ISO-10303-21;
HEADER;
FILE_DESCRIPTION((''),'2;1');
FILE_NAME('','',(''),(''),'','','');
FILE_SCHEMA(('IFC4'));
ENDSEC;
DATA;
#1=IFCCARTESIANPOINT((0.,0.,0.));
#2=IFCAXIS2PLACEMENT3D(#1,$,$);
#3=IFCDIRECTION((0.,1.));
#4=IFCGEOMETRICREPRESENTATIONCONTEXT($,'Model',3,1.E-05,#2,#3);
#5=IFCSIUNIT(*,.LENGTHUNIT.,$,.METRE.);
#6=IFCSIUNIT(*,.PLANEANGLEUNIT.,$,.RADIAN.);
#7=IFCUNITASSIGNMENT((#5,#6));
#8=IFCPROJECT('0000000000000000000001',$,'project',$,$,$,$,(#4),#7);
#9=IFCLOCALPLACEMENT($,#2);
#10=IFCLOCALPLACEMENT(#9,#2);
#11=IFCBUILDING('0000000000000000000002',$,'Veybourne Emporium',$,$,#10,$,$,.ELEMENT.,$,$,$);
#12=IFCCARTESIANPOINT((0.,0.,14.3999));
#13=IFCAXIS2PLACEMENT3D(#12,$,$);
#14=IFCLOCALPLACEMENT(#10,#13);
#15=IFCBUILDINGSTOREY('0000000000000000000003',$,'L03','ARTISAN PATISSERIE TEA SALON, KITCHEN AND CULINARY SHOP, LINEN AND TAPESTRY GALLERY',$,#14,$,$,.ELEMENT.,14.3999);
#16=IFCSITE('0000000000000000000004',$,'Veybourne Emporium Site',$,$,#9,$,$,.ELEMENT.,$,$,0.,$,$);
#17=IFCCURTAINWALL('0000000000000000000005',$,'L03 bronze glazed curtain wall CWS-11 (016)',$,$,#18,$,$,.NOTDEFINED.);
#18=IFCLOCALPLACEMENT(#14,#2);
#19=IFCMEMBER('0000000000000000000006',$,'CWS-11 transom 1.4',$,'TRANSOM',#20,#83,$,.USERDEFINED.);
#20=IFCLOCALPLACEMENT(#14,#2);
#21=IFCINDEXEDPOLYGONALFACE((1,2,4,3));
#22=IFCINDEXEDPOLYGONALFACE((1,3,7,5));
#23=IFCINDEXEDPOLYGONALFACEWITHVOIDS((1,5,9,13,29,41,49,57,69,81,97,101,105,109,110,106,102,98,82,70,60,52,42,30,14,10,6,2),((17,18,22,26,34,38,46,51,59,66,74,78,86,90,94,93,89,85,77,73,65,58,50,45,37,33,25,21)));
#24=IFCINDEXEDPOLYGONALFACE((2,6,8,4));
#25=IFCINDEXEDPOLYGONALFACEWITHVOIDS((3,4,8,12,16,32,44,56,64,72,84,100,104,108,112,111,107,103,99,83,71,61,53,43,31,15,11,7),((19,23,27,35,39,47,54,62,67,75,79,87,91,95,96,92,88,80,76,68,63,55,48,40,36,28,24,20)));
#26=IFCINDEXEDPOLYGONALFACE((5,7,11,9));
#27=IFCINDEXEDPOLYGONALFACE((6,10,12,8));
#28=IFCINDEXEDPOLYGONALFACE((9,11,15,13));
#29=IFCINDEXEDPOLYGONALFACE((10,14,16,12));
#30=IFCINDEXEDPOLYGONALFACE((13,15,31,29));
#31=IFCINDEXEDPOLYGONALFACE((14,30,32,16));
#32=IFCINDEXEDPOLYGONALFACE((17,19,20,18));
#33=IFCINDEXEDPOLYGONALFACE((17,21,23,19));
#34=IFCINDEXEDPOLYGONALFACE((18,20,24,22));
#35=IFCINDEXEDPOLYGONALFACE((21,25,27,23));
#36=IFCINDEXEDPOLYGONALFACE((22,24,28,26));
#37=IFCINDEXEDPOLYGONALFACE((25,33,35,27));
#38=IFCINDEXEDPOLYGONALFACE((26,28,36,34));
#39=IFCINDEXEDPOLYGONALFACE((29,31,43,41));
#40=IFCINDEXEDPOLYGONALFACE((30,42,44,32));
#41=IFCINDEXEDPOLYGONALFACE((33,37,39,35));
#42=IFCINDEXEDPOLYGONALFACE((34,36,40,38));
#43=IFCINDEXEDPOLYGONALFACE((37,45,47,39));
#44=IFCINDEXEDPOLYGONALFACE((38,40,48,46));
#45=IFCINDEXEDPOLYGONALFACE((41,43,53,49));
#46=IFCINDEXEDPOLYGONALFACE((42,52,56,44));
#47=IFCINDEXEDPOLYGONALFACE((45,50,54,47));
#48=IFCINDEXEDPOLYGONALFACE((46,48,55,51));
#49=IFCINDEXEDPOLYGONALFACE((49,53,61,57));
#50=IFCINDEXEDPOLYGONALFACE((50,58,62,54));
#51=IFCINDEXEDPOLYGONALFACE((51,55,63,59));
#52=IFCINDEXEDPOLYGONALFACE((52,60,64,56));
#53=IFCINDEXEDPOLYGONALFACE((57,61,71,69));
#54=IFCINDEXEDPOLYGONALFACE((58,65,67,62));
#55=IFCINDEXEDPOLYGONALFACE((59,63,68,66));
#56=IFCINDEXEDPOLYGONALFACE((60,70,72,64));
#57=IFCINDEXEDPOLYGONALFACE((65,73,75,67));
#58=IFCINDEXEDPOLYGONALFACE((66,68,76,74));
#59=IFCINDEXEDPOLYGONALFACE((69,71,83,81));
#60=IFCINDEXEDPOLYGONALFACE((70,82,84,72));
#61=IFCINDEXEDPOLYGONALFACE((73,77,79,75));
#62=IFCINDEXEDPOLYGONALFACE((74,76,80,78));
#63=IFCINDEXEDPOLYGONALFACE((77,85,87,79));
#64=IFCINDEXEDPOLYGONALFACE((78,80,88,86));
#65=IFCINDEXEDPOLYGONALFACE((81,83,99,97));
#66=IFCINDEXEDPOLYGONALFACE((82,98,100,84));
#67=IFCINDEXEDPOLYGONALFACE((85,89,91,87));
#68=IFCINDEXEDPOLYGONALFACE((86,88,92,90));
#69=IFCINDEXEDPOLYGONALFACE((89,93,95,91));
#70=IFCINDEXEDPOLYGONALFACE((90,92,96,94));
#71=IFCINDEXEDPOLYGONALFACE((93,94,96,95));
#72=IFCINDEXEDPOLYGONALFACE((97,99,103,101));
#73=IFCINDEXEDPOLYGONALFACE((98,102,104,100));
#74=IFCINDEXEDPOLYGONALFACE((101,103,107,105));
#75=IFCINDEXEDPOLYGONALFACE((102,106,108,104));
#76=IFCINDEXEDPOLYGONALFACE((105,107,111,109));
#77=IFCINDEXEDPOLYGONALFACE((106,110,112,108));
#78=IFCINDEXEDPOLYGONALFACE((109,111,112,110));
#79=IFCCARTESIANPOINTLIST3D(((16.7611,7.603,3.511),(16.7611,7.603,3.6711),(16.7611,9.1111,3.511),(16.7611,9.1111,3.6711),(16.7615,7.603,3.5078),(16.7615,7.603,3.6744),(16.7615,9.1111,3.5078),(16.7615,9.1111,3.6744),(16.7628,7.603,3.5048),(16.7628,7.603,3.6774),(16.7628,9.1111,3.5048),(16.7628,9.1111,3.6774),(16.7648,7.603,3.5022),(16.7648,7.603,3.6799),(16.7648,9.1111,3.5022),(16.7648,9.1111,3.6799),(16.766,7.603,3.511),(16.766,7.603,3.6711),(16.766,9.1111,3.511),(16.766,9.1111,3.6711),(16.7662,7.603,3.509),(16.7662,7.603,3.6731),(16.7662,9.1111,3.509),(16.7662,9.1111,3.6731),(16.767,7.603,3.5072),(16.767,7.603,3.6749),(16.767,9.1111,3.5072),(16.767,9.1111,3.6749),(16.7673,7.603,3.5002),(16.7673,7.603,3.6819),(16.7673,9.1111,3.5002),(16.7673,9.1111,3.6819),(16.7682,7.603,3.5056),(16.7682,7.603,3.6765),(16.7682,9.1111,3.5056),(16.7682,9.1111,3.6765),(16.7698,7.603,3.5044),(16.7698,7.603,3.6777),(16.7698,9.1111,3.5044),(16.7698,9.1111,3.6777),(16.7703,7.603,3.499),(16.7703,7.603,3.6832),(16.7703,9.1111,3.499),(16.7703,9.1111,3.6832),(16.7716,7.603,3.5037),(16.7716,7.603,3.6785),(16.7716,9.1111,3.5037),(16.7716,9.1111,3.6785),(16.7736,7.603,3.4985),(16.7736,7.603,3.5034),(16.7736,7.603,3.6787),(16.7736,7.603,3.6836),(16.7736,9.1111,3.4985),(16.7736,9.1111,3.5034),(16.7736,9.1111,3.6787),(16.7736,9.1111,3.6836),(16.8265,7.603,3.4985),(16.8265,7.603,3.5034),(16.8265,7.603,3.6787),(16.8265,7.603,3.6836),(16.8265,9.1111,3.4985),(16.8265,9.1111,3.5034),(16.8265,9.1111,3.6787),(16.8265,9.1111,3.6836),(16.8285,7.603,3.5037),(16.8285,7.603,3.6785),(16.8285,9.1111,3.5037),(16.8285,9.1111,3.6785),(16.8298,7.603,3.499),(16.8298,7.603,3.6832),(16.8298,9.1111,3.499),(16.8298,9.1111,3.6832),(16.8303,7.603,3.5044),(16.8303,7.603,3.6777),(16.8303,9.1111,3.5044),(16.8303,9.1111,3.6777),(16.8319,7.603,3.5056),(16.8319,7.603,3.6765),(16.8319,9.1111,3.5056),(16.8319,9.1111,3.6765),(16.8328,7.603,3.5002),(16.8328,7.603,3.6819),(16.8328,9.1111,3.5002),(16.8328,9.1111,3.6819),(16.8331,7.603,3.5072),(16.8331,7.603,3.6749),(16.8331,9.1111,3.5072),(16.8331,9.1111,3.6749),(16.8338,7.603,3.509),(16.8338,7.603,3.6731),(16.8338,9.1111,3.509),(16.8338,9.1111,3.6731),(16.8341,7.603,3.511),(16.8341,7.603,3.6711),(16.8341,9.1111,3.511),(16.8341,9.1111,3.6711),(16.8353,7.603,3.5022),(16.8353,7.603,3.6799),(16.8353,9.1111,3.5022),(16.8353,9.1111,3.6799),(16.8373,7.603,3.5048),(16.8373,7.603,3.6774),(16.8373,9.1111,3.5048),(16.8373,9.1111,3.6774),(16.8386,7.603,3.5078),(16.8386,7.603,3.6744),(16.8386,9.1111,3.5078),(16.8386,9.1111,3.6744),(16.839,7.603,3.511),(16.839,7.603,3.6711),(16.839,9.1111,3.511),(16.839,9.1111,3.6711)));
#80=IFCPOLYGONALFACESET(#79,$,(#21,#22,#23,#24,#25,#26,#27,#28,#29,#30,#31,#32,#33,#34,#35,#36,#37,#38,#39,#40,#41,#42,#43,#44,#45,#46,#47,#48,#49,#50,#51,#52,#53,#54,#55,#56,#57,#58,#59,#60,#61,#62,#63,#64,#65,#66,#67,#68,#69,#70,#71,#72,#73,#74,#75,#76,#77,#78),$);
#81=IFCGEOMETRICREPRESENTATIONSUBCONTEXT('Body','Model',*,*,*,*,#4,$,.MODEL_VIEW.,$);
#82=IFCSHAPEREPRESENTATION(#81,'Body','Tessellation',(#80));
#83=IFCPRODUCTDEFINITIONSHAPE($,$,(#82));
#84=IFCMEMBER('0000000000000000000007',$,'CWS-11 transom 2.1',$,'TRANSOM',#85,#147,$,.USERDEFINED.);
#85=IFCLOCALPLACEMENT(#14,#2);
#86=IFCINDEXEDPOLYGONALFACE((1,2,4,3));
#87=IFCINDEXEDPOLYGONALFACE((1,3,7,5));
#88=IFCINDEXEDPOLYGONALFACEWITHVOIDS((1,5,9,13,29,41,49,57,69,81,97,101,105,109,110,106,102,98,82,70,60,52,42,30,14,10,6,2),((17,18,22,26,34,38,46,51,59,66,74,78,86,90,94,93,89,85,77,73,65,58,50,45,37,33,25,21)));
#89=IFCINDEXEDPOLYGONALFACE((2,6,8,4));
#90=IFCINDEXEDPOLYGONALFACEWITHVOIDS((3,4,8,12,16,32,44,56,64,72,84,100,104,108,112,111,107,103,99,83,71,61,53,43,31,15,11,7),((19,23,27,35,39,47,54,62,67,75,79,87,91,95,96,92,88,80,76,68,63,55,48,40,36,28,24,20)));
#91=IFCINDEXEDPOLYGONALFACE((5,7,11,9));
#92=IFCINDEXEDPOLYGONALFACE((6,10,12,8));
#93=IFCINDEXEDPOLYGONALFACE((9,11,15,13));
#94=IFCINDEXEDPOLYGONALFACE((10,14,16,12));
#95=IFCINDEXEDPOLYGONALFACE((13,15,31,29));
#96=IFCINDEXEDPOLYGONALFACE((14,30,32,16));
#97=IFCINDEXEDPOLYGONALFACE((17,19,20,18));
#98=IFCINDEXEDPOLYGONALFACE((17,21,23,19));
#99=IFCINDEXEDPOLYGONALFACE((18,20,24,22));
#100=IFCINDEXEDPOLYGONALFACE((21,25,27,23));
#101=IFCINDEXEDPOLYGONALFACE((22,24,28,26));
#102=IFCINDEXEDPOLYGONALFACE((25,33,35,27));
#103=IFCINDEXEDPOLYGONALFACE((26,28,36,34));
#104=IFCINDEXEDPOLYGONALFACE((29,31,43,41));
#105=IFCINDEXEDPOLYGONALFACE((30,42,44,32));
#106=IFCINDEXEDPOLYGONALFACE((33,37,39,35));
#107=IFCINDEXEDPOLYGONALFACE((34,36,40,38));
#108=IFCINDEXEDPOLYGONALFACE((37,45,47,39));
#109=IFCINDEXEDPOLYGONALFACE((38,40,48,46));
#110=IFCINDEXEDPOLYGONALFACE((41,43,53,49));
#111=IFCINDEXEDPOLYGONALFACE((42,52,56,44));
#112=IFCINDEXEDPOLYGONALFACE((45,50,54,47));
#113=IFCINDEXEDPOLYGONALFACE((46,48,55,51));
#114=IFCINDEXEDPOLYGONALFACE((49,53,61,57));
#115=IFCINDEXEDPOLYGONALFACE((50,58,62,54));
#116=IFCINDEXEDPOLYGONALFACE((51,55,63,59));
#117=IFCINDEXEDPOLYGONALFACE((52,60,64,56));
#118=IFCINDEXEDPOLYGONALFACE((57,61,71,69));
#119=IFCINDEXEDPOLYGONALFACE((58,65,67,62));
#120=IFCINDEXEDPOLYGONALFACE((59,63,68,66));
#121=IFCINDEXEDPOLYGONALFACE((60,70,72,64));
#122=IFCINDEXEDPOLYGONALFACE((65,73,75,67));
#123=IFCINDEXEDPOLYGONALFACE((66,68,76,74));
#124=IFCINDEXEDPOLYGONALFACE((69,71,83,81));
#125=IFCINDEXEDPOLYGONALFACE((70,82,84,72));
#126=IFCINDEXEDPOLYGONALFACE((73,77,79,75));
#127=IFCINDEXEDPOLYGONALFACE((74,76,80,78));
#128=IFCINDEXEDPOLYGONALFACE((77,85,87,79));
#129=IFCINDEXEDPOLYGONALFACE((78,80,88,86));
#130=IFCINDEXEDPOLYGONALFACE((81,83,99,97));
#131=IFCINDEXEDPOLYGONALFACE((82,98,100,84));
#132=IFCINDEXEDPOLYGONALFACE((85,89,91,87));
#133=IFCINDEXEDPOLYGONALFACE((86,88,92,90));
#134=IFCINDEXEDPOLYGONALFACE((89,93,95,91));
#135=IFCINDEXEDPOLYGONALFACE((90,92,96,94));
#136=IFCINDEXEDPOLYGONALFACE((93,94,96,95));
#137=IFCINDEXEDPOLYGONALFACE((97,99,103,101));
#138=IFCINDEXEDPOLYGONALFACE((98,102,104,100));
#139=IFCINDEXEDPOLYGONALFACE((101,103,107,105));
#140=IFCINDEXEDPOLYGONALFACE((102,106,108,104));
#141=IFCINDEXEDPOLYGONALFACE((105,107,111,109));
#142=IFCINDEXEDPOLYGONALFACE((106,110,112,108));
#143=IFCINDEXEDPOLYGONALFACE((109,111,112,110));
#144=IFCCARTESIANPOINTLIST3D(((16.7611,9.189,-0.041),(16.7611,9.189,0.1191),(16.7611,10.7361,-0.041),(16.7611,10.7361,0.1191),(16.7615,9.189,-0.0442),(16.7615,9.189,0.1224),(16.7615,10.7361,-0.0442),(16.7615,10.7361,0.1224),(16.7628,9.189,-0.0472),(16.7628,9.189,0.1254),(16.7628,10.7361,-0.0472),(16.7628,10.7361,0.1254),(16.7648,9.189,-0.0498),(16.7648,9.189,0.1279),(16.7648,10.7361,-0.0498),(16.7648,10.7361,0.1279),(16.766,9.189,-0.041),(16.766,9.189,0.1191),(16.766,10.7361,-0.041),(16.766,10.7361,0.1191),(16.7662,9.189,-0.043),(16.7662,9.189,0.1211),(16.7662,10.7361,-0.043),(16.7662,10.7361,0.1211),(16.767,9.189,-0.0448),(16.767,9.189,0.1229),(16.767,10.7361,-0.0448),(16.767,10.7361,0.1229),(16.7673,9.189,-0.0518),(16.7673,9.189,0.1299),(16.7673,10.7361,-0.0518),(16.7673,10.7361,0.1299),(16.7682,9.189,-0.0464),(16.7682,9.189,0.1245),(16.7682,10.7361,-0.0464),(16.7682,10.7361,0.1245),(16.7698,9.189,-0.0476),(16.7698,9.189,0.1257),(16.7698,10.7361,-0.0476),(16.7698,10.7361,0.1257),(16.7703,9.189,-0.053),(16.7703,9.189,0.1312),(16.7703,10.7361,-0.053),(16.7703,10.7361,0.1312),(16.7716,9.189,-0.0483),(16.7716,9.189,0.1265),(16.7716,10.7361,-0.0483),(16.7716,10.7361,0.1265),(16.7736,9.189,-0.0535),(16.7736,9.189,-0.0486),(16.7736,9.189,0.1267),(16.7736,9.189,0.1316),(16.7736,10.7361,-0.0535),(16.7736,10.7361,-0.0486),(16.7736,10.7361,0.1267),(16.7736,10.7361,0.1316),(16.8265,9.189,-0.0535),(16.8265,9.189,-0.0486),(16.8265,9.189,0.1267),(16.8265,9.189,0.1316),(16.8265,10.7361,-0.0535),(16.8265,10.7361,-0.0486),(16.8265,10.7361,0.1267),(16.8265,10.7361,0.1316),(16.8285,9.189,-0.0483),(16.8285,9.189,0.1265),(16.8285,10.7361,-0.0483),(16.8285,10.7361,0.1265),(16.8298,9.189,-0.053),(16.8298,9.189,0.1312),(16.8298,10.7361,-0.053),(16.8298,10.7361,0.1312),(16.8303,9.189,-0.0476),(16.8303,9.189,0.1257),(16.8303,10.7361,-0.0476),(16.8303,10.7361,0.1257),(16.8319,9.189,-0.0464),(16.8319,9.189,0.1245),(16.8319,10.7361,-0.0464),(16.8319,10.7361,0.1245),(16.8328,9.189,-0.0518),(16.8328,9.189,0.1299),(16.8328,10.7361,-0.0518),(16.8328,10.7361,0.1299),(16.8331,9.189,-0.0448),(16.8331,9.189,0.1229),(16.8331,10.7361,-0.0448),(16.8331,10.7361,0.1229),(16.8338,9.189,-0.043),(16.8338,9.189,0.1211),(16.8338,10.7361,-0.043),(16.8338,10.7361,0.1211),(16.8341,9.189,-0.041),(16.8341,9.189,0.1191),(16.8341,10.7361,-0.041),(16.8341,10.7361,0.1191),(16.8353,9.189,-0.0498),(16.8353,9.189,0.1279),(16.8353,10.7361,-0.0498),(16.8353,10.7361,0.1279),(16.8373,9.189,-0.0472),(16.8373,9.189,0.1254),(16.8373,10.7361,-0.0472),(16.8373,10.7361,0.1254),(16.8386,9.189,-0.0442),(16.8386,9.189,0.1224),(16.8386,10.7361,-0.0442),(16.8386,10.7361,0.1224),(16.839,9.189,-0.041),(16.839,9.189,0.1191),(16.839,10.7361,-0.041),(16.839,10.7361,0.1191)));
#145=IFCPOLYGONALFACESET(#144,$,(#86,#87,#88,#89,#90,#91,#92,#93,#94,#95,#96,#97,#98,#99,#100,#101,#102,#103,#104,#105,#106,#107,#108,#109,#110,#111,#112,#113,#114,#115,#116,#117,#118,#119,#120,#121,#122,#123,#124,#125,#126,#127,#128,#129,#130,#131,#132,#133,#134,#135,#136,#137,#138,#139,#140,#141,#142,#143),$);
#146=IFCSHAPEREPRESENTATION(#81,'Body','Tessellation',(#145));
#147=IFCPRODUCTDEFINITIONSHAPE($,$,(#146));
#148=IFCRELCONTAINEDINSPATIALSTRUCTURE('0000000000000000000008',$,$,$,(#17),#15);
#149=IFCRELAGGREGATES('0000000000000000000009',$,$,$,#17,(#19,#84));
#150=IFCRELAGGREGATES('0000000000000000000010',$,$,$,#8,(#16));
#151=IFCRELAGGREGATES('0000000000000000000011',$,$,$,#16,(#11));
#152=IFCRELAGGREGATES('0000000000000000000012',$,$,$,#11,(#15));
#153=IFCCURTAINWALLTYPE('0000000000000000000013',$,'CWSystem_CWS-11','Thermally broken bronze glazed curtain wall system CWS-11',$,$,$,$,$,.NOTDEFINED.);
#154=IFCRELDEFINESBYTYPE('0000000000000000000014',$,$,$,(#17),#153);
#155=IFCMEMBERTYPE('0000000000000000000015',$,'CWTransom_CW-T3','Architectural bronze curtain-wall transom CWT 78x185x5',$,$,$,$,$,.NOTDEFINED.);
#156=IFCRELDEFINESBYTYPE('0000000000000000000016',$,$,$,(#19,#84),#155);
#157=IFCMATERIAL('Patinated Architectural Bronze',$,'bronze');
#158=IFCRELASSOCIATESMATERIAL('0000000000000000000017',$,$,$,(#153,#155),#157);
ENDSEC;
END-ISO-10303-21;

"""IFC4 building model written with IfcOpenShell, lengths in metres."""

from ifc_helpers import new_model, si_unit, direction, frame, origin, origin_2d, place, context, subcontext, project, spatial, hollow_rectangle, extrude, material, material_profile, profile_set, type_object, element, aggregate, save


model = new_model("IFC4")

# Units and contexts
model_context = context("Model", 3, precision=1e-05, world=origin(), true_north=direction((0.0, 1.0)))
body_context = subcontext(model_context, "Body", "Model", "MODEL_VIEW")
ifc_project = project(units=[si_unit("LENGTHUNIT", "METRE"), si_unit("PLANEANGLEUNIT", "RADIAN")], contexts=[model_context])

# Site, building, storey
site_placement = place(None, origin())
site = spatial("IfcSite", under=ifc_project, at=site_placement, Name="Veybourne Emporium Site", CompositionType="ELEMENT", RefElevation=0.0)
building_placement = place(site_placement, origin())
building = spatial("IfcBuilding", under=site, at=building_placement, Name="Veybourne Emporium", CompositionType="ELEMENT")
storey_placement = place(building_placement, frame((0.0, 0.0, 14.3999)))
storey = spatial("IfcBuildingStorey", under=building, at=storey_placement, Name="L03", Description="ARTISAN PATISSERIE TEA SALON, KITCHEN AND CULINARY SHOP, LINEN AND TAPESTRY GALLERY", CompositionType="ELEMENT", Elevation=14.3999)

# Curtain wall, members
ifc_material_1 = material(Name="Patinated Architectural Bronze", Category="bronze")
curtain_wall_type = type_object("IfcCurtainWallType", Name="CWSystem_CWS-11", Description="Thermally broken bronze glazed curtain wall system CWS-11", PredefinedType="NOTDEFINED", material=ifc_material_1)
curtain_wall_placement = place(storey_placement, origin())
curtain_wall = element("IfcCurtainWall", 1, at=curtain_wall_placement, inside=storey, type_object=curtain_wall_type, Name="L03 bronze glazed curtain wall CWS-11 (016)", PredefinedType="NOTDEFINED")
ifc_material_profile_1 = material_profile(ifc_material_1, hollow_rectangle(XDim=0.0779, YDim=0.1851, WallThickness=0.0049, InnerFilletRadius=0.0076, OuterFilletRadius=0.0125, at=origin_2d()), Name="CWT 78x185x5")
ifc_profile_set_1 = profile_set([ifc_material_profile_1], Name="Patinated Architectural Bronze")
member_type_1 = type_object("IfcMemberType", Name="CWTransom_CW-T3", Description="Architectural bronze curtain-wall transom CWT 78x185x5", PredefinedType="NOTDEFINED", material=ifc_profile_set_1)
member_1_placement = place(storey_placement, frame((16.8, 7.603, 3.5911), z_axis=(0.0, 1.0, 0.0), x_axis=(-1.0, 0.0, 0.0)))
member_1 = element("IfcMember", 2, at=member_1_placement, type_object=member_type_1, Name="CWS-11 transom 1.4", ObjectType="TRANSOM", PredefinedType="USERDEFINED", context=body_context, shape_type="SweptSolid", body=[
    extrude(hollow_rectangle(XDim=0.0779, YDim=0.1851, WallThickness=0.0049, InnerFilletRadius=0.0076, OuterFilletRadius=0.0125, at=origin_2d()), origin(), (0.0, 0.0, 1.0), 1.5081),
])
member_2_placement = place(storey_placement, frame((16.8, 9.189, 0.0391), z_axis=(0.0, 1.0, 0.0), x_axis=(-1.0, 0.0, 0.0)))
member_2 = element("IfcMember", 3, at=member_2_placement, type_object=member_type_1, Name="CWS-11 transom 2.1", ObjectType="TRANSOM", PredefinedType="USERDEFINED", context=body_context, shape_type="SweptSolid", body=[
    extrude(hollow_rectangle(XDim=0.0779, YDim=0.1851, WallThickness=0.0049, InnerFilletRadius=0.0076, OuterFilletRadius=0.0125, at=origin_2d()), origin(), (0.0, 0.0, 1.0), 1.5471),
])
aggregate(curtain_wall, [member_1, member_2])

save(model, "model.ifc")
